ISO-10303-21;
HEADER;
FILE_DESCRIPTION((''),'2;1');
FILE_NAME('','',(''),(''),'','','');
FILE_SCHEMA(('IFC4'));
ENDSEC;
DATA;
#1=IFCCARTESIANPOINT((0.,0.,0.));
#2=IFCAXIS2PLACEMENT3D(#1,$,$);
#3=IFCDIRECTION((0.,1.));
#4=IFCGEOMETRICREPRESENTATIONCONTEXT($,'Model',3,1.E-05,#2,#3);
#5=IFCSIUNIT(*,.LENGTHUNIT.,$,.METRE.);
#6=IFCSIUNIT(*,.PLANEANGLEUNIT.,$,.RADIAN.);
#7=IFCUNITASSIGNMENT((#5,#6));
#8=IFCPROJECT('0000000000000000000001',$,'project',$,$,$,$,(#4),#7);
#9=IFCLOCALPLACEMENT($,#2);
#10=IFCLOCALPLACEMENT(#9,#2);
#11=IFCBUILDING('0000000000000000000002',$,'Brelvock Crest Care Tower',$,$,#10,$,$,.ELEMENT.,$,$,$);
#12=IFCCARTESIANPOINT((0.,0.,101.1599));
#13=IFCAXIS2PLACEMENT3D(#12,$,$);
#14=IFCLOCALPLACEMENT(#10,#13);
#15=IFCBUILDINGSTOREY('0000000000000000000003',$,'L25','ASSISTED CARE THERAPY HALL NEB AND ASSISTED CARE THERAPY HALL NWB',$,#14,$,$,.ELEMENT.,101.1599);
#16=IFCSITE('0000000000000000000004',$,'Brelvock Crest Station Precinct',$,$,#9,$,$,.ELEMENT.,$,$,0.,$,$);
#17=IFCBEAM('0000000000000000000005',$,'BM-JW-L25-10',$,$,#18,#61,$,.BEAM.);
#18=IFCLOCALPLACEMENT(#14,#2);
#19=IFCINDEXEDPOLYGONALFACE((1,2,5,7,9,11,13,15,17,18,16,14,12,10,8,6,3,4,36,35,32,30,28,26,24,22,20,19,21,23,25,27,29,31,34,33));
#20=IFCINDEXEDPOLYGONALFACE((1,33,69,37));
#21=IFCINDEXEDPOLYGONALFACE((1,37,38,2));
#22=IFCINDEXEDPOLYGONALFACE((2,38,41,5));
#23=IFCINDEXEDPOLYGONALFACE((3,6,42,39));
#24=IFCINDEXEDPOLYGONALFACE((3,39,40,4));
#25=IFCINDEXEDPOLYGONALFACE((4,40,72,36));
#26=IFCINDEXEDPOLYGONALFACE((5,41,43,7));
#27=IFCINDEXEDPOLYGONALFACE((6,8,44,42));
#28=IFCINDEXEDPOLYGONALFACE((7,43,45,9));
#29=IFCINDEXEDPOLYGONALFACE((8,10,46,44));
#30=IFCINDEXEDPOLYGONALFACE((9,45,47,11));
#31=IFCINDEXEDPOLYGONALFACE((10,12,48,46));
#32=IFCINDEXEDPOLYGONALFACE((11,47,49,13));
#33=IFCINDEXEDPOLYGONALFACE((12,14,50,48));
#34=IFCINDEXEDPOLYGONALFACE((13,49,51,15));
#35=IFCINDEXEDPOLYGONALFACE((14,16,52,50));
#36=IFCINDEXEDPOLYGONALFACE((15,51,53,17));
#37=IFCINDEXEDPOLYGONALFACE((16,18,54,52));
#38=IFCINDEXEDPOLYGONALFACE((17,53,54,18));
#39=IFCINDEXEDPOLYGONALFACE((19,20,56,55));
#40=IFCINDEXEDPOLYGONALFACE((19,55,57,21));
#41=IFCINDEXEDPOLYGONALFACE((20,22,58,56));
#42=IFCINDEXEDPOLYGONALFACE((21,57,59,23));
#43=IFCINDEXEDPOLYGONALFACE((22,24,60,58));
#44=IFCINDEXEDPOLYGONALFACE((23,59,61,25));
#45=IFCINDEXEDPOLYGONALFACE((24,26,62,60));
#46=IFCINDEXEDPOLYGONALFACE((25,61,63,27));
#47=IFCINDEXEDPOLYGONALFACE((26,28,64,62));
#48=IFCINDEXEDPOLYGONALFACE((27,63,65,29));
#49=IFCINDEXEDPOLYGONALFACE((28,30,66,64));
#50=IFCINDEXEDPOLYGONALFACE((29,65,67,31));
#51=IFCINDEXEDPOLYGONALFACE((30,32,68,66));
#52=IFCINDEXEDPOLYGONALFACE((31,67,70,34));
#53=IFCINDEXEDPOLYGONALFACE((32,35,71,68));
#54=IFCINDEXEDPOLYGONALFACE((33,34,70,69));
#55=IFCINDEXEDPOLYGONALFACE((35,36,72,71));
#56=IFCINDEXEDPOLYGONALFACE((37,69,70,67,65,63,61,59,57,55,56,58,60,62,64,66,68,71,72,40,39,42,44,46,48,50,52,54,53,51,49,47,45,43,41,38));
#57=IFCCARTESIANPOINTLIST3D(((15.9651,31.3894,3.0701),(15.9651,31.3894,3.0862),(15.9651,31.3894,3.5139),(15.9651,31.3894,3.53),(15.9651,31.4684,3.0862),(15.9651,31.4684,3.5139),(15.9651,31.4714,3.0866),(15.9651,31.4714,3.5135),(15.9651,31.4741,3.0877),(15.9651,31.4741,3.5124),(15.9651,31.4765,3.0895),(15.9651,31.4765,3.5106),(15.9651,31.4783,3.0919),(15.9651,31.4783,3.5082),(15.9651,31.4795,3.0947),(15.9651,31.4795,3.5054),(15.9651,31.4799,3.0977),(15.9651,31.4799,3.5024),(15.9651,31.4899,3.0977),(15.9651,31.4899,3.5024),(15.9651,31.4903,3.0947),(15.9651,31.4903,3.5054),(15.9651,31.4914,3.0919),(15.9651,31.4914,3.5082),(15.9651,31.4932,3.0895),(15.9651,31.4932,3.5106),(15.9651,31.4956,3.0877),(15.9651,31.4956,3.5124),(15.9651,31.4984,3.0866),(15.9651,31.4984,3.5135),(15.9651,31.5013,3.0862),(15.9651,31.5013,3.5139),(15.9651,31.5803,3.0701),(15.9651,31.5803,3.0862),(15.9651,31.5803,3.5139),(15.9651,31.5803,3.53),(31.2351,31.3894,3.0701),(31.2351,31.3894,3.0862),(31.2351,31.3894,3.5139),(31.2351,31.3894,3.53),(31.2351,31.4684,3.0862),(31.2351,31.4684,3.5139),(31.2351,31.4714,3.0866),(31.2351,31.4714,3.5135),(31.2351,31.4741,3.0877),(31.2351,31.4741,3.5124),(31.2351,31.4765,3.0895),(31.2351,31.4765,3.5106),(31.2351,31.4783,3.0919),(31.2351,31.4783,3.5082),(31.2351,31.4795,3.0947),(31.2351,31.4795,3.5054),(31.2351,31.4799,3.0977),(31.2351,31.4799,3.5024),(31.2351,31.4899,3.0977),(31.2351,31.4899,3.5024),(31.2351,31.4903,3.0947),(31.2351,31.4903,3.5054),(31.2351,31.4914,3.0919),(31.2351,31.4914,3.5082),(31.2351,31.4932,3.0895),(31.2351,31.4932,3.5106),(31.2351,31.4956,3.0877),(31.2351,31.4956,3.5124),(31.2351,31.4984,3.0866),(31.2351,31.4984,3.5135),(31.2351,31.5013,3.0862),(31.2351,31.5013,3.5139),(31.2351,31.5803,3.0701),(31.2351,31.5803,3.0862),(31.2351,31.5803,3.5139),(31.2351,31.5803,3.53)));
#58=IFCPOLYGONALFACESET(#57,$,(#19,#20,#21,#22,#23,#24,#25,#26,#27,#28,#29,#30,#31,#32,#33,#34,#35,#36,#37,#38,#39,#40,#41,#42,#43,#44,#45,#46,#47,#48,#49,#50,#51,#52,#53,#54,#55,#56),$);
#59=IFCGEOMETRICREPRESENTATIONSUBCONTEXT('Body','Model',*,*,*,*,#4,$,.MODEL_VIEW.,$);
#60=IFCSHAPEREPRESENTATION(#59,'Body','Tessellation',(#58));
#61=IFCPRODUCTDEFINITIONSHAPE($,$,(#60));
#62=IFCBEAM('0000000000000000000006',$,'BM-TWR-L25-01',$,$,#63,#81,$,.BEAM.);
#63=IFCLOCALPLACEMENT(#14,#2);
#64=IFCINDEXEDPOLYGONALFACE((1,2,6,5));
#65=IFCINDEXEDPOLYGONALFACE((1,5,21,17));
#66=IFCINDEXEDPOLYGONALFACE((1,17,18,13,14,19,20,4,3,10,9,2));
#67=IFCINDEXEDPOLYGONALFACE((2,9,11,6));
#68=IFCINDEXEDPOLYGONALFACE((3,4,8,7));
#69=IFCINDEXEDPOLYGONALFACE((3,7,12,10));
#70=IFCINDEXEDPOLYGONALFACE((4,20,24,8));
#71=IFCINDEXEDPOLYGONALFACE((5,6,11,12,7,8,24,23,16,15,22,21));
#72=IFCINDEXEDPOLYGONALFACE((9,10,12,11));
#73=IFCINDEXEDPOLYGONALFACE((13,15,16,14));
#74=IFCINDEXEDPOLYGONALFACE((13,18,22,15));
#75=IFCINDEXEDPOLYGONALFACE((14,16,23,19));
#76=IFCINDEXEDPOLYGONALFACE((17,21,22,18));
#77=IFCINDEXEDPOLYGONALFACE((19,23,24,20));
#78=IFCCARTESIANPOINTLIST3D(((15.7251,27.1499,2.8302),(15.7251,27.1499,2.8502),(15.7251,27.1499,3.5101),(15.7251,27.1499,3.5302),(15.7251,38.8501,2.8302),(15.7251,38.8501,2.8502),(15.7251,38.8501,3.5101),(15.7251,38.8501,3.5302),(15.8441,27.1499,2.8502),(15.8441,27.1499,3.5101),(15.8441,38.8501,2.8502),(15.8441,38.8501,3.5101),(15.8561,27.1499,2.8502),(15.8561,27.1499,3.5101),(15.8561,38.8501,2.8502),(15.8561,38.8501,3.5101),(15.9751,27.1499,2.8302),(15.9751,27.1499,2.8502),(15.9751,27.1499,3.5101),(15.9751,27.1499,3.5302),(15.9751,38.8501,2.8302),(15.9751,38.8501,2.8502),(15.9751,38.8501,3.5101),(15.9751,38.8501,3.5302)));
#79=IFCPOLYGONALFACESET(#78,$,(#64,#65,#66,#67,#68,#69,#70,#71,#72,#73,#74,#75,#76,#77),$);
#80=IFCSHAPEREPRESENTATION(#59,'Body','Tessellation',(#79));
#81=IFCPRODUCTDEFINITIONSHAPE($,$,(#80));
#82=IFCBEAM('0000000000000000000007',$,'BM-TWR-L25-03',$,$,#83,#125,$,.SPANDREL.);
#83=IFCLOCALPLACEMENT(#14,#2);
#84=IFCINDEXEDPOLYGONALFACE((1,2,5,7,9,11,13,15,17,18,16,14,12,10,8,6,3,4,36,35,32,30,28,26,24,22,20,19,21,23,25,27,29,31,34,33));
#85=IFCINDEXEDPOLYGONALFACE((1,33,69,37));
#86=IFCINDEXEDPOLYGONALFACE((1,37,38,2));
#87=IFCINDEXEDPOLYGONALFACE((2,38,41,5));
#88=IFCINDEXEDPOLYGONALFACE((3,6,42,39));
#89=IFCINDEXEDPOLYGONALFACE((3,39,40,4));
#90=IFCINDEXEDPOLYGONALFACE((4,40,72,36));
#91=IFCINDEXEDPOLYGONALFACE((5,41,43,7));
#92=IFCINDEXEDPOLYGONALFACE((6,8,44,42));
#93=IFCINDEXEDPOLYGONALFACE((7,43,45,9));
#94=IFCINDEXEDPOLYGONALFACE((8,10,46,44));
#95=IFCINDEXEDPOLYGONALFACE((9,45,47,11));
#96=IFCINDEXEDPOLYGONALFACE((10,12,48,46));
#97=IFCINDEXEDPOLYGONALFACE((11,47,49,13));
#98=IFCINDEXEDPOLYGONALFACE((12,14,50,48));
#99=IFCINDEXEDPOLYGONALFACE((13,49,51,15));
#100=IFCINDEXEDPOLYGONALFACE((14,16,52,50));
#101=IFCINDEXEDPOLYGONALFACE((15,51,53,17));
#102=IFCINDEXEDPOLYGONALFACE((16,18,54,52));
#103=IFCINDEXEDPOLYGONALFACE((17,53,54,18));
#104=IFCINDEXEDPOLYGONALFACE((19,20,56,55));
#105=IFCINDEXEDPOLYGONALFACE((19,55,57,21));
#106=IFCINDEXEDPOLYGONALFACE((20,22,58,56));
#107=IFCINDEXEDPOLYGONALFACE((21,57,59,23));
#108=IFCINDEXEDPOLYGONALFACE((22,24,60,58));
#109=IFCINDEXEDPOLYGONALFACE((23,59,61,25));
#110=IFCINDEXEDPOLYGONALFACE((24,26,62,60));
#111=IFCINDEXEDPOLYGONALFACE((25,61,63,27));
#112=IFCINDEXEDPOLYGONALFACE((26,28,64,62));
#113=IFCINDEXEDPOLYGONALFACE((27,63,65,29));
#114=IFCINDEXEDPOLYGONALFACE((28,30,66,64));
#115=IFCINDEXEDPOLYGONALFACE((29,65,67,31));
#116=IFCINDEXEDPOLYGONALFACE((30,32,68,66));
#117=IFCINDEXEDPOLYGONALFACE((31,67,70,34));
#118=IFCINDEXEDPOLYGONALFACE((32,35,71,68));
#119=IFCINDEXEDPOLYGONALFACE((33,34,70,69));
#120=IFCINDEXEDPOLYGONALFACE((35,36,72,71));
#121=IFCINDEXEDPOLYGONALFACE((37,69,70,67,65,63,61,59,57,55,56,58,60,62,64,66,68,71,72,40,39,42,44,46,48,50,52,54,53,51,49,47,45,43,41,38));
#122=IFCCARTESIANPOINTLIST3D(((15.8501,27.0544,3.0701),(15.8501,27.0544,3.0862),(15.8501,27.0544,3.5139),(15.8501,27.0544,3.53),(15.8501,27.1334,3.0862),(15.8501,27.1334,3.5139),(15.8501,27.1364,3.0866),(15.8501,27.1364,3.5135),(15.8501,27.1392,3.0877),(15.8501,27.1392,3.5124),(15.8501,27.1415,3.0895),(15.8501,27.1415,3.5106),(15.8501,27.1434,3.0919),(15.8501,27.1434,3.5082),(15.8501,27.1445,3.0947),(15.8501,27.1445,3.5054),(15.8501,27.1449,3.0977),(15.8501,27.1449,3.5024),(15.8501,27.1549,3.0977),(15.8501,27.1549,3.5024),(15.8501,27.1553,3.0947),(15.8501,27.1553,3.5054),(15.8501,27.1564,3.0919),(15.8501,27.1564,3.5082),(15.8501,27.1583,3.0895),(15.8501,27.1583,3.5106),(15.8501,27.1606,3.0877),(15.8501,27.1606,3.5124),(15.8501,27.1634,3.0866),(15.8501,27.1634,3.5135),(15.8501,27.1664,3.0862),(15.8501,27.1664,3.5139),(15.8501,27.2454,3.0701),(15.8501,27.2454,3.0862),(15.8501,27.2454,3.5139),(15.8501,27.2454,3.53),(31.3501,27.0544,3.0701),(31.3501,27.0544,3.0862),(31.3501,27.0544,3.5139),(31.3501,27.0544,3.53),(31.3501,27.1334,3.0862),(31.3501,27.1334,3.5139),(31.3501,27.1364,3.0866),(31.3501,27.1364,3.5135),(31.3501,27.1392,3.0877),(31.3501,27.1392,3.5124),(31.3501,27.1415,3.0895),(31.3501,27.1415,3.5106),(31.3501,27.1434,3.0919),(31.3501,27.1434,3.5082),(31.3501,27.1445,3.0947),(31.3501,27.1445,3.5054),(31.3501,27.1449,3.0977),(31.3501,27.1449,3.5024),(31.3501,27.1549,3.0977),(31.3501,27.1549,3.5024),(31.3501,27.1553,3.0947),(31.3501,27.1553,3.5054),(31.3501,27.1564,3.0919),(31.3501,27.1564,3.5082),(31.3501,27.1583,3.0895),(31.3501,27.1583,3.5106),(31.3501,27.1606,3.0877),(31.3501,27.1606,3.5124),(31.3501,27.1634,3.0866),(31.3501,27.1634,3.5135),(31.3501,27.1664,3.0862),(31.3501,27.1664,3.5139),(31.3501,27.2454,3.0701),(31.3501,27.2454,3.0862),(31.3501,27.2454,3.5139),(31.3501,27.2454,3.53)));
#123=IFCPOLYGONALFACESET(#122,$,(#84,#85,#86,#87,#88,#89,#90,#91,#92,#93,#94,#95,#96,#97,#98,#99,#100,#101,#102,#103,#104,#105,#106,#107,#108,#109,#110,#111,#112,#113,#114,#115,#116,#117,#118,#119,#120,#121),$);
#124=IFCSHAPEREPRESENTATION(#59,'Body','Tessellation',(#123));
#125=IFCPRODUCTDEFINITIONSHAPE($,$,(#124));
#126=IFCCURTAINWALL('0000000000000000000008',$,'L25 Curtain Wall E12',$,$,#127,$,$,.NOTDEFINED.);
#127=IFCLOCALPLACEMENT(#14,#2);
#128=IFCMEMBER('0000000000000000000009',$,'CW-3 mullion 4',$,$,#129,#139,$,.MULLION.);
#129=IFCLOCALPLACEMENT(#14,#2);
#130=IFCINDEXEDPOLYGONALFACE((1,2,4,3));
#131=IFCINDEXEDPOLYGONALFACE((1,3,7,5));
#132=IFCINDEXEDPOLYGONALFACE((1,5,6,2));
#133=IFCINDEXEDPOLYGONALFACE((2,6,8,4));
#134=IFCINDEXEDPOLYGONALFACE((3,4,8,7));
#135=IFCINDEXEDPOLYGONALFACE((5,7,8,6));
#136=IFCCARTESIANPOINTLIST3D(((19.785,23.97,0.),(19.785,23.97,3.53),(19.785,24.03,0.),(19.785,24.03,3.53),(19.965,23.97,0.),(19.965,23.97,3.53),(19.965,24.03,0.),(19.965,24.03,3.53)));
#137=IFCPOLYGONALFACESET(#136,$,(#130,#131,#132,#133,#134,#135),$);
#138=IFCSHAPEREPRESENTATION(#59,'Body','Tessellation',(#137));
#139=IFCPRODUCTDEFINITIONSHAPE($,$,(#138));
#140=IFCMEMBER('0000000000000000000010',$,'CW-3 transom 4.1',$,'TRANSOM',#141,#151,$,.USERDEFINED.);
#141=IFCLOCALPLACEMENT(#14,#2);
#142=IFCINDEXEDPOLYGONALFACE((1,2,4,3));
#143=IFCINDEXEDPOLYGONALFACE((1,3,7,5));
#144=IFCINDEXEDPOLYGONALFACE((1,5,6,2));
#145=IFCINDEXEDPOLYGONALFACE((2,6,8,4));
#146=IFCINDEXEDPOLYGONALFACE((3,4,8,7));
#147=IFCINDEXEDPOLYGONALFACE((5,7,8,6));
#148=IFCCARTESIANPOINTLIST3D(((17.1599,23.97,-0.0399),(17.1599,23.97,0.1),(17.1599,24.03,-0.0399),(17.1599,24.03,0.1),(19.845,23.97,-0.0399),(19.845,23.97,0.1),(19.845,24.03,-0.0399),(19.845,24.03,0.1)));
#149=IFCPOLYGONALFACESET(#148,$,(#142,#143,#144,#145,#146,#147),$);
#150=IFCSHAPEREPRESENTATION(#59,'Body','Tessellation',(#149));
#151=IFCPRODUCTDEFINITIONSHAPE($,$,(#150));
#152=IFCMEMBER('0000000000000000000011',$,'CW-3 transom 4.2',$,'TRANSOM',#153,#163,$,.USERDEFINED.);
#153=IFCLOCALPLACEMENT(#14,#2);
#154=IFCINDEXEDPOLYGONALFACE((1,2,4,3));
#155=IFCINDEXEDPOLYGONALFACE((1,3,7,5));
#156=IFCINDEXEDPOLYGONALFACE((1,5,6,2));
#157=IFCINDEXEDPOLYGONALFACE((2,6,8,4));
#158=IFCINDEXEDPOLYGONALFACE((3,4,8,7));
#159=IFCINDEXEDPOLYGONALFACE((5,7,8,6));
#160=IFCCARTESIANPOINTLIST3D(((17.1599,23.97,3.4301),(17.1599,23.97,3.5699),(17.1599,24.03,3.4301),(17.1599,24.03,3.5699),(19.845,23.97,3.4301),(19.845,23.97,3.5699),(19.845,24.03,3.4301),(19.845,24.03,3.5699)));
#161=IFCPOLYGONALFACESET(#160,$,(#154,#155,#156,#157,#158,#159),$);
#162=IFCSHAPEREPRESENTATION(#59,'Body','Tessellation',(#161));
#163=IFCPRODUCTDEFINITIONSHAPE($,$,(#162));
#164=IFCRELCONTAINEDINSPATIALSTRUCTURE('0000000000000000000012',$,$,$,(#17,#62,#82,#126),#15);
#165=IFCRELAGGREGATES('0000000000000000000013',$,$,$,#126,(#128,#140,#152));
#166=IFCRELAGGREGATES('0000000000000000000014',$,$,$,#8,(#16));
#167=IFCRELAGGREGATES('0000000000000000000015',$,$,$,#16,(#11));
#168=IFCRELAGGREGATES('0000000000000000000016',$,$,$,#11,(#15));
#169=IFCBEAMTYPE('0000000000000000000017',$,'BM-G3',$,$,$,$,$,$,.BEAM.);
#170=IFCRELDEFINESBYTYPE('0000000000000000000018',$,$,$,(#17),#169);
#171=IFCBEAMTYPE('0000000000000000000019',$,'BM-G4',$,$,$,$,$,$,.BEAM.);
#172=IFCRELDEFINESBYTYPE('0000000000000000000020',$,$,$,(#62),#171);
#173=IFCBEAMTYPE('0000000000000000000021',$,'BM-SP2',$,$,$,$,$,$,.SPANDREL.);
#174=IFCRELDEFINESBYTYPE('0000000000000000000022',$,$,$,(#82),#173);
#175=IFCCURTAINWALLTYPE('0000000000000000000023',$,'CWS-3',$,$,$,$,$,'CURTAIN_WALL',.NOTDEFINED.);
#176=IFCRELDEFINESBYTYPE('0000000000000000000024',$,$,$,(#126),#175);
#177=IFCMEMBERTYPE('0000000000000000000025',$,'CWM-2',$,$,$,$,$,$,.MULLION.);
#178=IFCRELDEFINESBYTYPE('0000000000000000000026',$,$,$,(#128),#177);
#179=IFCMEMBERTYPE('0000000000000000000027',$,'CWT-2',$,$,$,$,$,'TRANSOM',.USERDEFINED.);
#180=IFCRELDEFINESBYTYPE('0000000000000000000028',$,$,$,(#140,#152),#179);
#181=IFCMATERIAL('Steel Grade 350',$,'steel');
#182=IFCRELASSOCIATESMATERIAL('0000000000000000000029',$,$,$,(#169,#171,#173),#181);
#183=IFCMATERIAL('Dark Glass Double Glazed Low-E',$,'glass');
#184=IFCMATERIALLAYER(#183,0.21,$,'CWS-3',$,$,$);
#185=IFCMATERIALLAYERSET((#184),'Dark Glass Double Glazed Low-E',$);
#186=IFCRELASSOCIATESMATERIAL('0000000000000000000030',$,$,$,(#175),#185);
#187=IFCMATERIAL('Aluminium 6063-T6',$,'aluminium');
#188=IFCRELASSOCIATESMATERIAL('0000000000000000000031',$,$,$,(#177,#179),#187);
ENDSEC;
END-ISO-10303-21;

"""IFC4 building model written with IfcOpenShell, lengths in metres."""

from ifc_helpers import new_model, si_unit, direction, frame, origin, origin_2d, place, context, subcontext, project, spatial, rectangle, i_section, extrude, source, transform, mapped, material, layer, layer_set, material_profile, profile_set, type_object, element, aggregate, save


model = new_model("IFC4")

# Units and contexts
model_context = context("Model", 3, precision=1e-05, world=origin(), true_north=direction((0.0, 1.0)))
body_context = subcontext(model_context, "Body", "Model", "MODEL_VIEW")
ifc_project = project(units=[si_unit("LENGTHUNIT", "METRE"), si_unit("PLANEANGLEUNIT", "RADIAN")], contexts=[model_context])

# Site, building, storey
site_placement = place(None, origin())
site = spatial("IfcSite", under=ifc_project, at=site_placement, Name="Brelvock Crest Station Precinct", CompositionType="ELEMENT", RefElevation=0.0)
building_placement = place(site_placement, origin())
building = spatial("IfcBuilding", under=site, at=building_placement, Name="Brelvock Crest Care Tower", CompositionType="ELEMENT")
storey_placement = place(building_placement, frame((0.0, 0.0, 101.1599)))
storey = spatial("IfcBuildingStorey", under=building, at=storey_placement, Name="L25", Description="ASSISTED CARE THERAPY HALL NEB AND ASSISTED CARE THERAPY HALL NWB", CompositionType="ELEMENT", Elevation=101.1599)

# Shared definitions
ifc_material_1 = material(Name="Steel Grade 350", Category="steel")

# Beams
ifc_material_profile_1 = material_profile(ifc_material_1, i_section(OverallWidth=0.1909, OverallDepth=0.46, WebThickness=0.01, FlangeThickness=0.0161, FilletRadius=0.0115, at=origin_2d()), Name="460UB82.1")
ifc_profile_set_1 = profile_set([ifc_material_profile_1], Name="Steel Grade 350")
beam_type_1 = type_object("IfcBeamType", Name="BM-G3", PredefinedType="BEAM", material=ifc_profile_set_1)
shared_shape_1 = source(origin(), body_context, "Body", "SweptSolid", [
    extrude(i_section(OverallWidth=0.1909, OverallDepth=0.46, WebThickness=0.01, FlangeThickness=0.0161, FilletRadius=0.0115, at=origin_2d()), origin(), (0.0, 0.0, 1.0), 15.27),
])
for number, where, z_axis, x_axis, name in (
    (1, (15.9651, 31.4849, 3.3), (1.0, 0.0, 0.0), (0.0, 1.0, 0.0), "BM-JW-L25-10"),
):
    element("IfcBeam", number, at=place(storey_placement, frame(where, z_axis=z_axis, x_axis=x_axis)), inside=storey, type_object=beam_type_1, Name=name, PredefinedType="BEAM", context=body_context, shape_type="MappedRepresentation", body=[
        mapped(shared_shape_1, transform((0.0, 0.0, 0.0), x_axis=(1.0, 0.0, 0.0), y_axis=(0.0, 1.0, 0.0), z_axis=(0.0, 0.0, 1.0), scale=1.0)),
    ])
ifc_material_profile_2 = material_profile(ifc_material_1, i_section(OverallWidth=0.25, OverallDepth=0.7, WebThickness=0.012, FlangeThickness=0.02, at=origin_2d()), Name="700WB150")
ifc_profile_set_2 = profile_set([ifc_material_profile_2], Name="Steel Grade 350")
beam_type_2 = type_object("IfcBeamType", Name="BM-G4", PredefinedType="BEAM", material=ifc_profile_set_2)
shared_shape_2 = source(origin(), body_context, "Body", "SweptSolid", [
    extrude(i_section(OverallWidth=0.25, OverallDepth=0.7, WebThickness=0.012, FlangeThickness=0.02, at=origin_2d()), origin(), (0.0, 0.0, 1.0), 11.7002),
])
beam_1_placement = place(storey_placement, frame((15.8501, 27.1499, 3.1802), z_axis=(0.0, 1.0, 0.0), x_axis=(-1.0, 0.0, 0.0)))
element("IfcBeam", 2, at=beam_1_placement, inside=storey, type_object=beam_type_2, Name="BM-TWR-L25-01", PredefinedType="BEAM", context=body_context, shape_type="MappedRepresentation", body=[
    mapped(shared_shape_2, transform((0.0, 0.0, 0.0), x_axis=(1.0, 0.0, 0.0), y_axis=(0.0, 1.0, 0.0), z_axis=(0.0, 0.0, 1.0), scale=1.0)),
])
ifc_material_profile_3 = material_profile(ifc_material_1, i_section(OverallWidth=0.1909, OverallDepth=0.46, WebThickness=0.01, FlangeThickness=0.0161, FilletRadius=0.0115, at=origin_2d()), Name="460UB82.1")
ifc_profile_set_3 = profile_set([ifc_material_profile_3], Name="Steel Grade 350")
beam_type_3 = type_object("IfcBeamType", Name="BM-SP2", PredefinedType="SPANDREL", material=ifc_profile_set_3)
shared_shape_3 = source(origin(), body_context, "Body", "SweptSolid", [
    extrude(i_section(OverallWidth=0.1909, OverallDepth=0.46, WebThickness=0.01, FlangeThickness=0.0161, FilletRadius=0.0115, at=origin_2d()), origin(), (0.0, 0.0, 1.0), 15.5),
])
beam_2_placement = place(storey_placement, frame((15.8501, 27.1499, 3.3), z_axis=(1.0, 0.0, 0.0), x_axis=(0.0, 1.0, 0.0)))
element("IfcBeam", 3, at=beam_2_placement, inside=storey, type_object=beam_type_3, Name="BM-TWR-L25-03", PredefinedType="SPANDREL", context=body_context, shape_type="MappedRepresentation", body=[
    mapped(shared_shape_3, transform((0.0, 0.0, 0.0), x_axis=(1.0, 0.0, 0.0), y_axis=(0.0, 1.0, 0.0), z_axis=(0.0, 0.0, 1.0), scale=1.0)),
])

# Curtain wall, members
ifc_material_2 = material(Name="Dark Glass Double Glazed Low-E", Category="glass")
ifc_layer_1 = layer(ifc_material_2, 0.21, Name="CWS-3")
ifc_layer_set_1 = layer_set([ifc_layer_1], Name="Dark Glass Double Glazed Low-E")
curtain_wall_type = type_object("IfcCurtainWallType", Name="CWS-3", ElementType="CURTAIN_WALL", PredefinedType="NOTDEFINED", material=ifc_layer_set_1)
curtain_wall_placement = place(storey_placement, origin())
curtain_wall = element("IfcCurtainWall", 4, at=curtain_wall_placement, inside=storey, type_object=curtain_wall_type, Name="L25 Curtain Wall E12", PredefinedType="NOTDEFINED")
ifc_material_3 = material(Name="Aluminium 6063-T6", Category="aluminium")
ifc_material_profile_4 = material_profile(ifc_material_3, rectangle(XDim=0.0601, YDim=0.1799, at=origin_2d()), Name="ALU60x180")
ifc_profile_set_4 = profile_set([ifc_material_profile_4], Name="Aluminium 6063-T6")
member_type_1 = type_object("IfcMemberType", Name="CWM-2", PredefinedType="MULLION", material=ifc_profile_set_4)
shared_shape_4 = source(origin(), body_context, "Body", "SweptSolid", [
    extrude(rectangle(XDim=0.0601, YDim=0.1799, at=origin_2d()), origin(), (0.0, 0.0, 1.0), 3.53),
])
member_1_placement = place(storey_placement, frame((19.875, 24.0, 0.0), z_axis=(0.0, 0.0, 1.0), x_axis=(0.0, -1.0, 0.0)))
member_1 = element("IfcMember", 5, at=member_1_placement, type_object=member_type_1, Name="CW-3 mullion 4", PredefinedType="MULLION", context=body_context, shape_type="MappedRepresentation", body=[
    mapped(shared_shape_4, transform((0.0, 0.0, 0.0), x_axis=(1.0, 0.0, 0.0), y_axis=(0.0, 1.0, 0.0), z_axis=(0.0, 0.0, 1.0), scale=1.0)),
])
ifc_material_profile_5 = material_profile(ifc_material_3, rectangle(XDim=0.0601, YDim=0.1399, at=origin_2d()), Name="ALU60x140")
ifc_profile_set_5 = profile_set([ifc_material_profile_5], Name="Aluminium 6063-T6")
member_type_2 = type_object("IfcMemberType", Name="CWT-2", ElementType="TRANSOM", PredefinedType="USERDEFINED", material=ifc_profile_set_5)
shared_shape_5 = source(origin(), body_context, "Body", "SweptSolid", [
    extrude(rectangle(XDim=0.0601, YDim=0.1399, at=origin_2d()), origin(), (0.0, 0.0, 1.0), 2.6851),
])
member_2_placement = place(storey_placement, frame((19.845, 24.0, 0.03), z_axis=(-1.0, 0.0, 0.0), x_axis=(0.0, -1.0, 0.0)))
member_2 = element("IfcMember", 6, at=member_2_placement, type_object=member_type_2, Name="CW-3 transom 4.1", ObjectType="TRANSOM", PredefinedType="USERDEFINED", context=body_context, shape_type="MappedRepresentation", body=[
    mapped(shared_shape_5, transform((0.0, 0.0, 0.0), x_axis=(1.0, 0.0, 0.0), y_axis=(0.0, 1.0, 0.0), z_axis=(0.0, 0.0, 1.0), scale=1.0)),
])
member_3_placement = place(storey_placement, frame((19.845, 24.0, 3.5), z_axis=(-1.0, 0.0, 0.0), x_axis=(0.0, -1.0, 0.0)))
member_3 = element("IfcMember", 7, at=member_3_placement, type_object=member_type_2, Name="CW-3 transom 4.2", ObjectType="TRANSOM", PredefinedType="USERDEFINED", context=body_context, shape_type="MappedRepresentation", body=[
    mapped(shared_shape_5, transform((0.0, 0.0, 0.0), x_axis=(1.0, 0.0, 0.0), y_axis=(0.0, 1.0, 0.0), z_axis=(0.0, 0.0, 1.0), scale=1.0)),
])
aggregate(curtain_wall, [member_1, member_2, member_3])

save(model, "model.ifc")
